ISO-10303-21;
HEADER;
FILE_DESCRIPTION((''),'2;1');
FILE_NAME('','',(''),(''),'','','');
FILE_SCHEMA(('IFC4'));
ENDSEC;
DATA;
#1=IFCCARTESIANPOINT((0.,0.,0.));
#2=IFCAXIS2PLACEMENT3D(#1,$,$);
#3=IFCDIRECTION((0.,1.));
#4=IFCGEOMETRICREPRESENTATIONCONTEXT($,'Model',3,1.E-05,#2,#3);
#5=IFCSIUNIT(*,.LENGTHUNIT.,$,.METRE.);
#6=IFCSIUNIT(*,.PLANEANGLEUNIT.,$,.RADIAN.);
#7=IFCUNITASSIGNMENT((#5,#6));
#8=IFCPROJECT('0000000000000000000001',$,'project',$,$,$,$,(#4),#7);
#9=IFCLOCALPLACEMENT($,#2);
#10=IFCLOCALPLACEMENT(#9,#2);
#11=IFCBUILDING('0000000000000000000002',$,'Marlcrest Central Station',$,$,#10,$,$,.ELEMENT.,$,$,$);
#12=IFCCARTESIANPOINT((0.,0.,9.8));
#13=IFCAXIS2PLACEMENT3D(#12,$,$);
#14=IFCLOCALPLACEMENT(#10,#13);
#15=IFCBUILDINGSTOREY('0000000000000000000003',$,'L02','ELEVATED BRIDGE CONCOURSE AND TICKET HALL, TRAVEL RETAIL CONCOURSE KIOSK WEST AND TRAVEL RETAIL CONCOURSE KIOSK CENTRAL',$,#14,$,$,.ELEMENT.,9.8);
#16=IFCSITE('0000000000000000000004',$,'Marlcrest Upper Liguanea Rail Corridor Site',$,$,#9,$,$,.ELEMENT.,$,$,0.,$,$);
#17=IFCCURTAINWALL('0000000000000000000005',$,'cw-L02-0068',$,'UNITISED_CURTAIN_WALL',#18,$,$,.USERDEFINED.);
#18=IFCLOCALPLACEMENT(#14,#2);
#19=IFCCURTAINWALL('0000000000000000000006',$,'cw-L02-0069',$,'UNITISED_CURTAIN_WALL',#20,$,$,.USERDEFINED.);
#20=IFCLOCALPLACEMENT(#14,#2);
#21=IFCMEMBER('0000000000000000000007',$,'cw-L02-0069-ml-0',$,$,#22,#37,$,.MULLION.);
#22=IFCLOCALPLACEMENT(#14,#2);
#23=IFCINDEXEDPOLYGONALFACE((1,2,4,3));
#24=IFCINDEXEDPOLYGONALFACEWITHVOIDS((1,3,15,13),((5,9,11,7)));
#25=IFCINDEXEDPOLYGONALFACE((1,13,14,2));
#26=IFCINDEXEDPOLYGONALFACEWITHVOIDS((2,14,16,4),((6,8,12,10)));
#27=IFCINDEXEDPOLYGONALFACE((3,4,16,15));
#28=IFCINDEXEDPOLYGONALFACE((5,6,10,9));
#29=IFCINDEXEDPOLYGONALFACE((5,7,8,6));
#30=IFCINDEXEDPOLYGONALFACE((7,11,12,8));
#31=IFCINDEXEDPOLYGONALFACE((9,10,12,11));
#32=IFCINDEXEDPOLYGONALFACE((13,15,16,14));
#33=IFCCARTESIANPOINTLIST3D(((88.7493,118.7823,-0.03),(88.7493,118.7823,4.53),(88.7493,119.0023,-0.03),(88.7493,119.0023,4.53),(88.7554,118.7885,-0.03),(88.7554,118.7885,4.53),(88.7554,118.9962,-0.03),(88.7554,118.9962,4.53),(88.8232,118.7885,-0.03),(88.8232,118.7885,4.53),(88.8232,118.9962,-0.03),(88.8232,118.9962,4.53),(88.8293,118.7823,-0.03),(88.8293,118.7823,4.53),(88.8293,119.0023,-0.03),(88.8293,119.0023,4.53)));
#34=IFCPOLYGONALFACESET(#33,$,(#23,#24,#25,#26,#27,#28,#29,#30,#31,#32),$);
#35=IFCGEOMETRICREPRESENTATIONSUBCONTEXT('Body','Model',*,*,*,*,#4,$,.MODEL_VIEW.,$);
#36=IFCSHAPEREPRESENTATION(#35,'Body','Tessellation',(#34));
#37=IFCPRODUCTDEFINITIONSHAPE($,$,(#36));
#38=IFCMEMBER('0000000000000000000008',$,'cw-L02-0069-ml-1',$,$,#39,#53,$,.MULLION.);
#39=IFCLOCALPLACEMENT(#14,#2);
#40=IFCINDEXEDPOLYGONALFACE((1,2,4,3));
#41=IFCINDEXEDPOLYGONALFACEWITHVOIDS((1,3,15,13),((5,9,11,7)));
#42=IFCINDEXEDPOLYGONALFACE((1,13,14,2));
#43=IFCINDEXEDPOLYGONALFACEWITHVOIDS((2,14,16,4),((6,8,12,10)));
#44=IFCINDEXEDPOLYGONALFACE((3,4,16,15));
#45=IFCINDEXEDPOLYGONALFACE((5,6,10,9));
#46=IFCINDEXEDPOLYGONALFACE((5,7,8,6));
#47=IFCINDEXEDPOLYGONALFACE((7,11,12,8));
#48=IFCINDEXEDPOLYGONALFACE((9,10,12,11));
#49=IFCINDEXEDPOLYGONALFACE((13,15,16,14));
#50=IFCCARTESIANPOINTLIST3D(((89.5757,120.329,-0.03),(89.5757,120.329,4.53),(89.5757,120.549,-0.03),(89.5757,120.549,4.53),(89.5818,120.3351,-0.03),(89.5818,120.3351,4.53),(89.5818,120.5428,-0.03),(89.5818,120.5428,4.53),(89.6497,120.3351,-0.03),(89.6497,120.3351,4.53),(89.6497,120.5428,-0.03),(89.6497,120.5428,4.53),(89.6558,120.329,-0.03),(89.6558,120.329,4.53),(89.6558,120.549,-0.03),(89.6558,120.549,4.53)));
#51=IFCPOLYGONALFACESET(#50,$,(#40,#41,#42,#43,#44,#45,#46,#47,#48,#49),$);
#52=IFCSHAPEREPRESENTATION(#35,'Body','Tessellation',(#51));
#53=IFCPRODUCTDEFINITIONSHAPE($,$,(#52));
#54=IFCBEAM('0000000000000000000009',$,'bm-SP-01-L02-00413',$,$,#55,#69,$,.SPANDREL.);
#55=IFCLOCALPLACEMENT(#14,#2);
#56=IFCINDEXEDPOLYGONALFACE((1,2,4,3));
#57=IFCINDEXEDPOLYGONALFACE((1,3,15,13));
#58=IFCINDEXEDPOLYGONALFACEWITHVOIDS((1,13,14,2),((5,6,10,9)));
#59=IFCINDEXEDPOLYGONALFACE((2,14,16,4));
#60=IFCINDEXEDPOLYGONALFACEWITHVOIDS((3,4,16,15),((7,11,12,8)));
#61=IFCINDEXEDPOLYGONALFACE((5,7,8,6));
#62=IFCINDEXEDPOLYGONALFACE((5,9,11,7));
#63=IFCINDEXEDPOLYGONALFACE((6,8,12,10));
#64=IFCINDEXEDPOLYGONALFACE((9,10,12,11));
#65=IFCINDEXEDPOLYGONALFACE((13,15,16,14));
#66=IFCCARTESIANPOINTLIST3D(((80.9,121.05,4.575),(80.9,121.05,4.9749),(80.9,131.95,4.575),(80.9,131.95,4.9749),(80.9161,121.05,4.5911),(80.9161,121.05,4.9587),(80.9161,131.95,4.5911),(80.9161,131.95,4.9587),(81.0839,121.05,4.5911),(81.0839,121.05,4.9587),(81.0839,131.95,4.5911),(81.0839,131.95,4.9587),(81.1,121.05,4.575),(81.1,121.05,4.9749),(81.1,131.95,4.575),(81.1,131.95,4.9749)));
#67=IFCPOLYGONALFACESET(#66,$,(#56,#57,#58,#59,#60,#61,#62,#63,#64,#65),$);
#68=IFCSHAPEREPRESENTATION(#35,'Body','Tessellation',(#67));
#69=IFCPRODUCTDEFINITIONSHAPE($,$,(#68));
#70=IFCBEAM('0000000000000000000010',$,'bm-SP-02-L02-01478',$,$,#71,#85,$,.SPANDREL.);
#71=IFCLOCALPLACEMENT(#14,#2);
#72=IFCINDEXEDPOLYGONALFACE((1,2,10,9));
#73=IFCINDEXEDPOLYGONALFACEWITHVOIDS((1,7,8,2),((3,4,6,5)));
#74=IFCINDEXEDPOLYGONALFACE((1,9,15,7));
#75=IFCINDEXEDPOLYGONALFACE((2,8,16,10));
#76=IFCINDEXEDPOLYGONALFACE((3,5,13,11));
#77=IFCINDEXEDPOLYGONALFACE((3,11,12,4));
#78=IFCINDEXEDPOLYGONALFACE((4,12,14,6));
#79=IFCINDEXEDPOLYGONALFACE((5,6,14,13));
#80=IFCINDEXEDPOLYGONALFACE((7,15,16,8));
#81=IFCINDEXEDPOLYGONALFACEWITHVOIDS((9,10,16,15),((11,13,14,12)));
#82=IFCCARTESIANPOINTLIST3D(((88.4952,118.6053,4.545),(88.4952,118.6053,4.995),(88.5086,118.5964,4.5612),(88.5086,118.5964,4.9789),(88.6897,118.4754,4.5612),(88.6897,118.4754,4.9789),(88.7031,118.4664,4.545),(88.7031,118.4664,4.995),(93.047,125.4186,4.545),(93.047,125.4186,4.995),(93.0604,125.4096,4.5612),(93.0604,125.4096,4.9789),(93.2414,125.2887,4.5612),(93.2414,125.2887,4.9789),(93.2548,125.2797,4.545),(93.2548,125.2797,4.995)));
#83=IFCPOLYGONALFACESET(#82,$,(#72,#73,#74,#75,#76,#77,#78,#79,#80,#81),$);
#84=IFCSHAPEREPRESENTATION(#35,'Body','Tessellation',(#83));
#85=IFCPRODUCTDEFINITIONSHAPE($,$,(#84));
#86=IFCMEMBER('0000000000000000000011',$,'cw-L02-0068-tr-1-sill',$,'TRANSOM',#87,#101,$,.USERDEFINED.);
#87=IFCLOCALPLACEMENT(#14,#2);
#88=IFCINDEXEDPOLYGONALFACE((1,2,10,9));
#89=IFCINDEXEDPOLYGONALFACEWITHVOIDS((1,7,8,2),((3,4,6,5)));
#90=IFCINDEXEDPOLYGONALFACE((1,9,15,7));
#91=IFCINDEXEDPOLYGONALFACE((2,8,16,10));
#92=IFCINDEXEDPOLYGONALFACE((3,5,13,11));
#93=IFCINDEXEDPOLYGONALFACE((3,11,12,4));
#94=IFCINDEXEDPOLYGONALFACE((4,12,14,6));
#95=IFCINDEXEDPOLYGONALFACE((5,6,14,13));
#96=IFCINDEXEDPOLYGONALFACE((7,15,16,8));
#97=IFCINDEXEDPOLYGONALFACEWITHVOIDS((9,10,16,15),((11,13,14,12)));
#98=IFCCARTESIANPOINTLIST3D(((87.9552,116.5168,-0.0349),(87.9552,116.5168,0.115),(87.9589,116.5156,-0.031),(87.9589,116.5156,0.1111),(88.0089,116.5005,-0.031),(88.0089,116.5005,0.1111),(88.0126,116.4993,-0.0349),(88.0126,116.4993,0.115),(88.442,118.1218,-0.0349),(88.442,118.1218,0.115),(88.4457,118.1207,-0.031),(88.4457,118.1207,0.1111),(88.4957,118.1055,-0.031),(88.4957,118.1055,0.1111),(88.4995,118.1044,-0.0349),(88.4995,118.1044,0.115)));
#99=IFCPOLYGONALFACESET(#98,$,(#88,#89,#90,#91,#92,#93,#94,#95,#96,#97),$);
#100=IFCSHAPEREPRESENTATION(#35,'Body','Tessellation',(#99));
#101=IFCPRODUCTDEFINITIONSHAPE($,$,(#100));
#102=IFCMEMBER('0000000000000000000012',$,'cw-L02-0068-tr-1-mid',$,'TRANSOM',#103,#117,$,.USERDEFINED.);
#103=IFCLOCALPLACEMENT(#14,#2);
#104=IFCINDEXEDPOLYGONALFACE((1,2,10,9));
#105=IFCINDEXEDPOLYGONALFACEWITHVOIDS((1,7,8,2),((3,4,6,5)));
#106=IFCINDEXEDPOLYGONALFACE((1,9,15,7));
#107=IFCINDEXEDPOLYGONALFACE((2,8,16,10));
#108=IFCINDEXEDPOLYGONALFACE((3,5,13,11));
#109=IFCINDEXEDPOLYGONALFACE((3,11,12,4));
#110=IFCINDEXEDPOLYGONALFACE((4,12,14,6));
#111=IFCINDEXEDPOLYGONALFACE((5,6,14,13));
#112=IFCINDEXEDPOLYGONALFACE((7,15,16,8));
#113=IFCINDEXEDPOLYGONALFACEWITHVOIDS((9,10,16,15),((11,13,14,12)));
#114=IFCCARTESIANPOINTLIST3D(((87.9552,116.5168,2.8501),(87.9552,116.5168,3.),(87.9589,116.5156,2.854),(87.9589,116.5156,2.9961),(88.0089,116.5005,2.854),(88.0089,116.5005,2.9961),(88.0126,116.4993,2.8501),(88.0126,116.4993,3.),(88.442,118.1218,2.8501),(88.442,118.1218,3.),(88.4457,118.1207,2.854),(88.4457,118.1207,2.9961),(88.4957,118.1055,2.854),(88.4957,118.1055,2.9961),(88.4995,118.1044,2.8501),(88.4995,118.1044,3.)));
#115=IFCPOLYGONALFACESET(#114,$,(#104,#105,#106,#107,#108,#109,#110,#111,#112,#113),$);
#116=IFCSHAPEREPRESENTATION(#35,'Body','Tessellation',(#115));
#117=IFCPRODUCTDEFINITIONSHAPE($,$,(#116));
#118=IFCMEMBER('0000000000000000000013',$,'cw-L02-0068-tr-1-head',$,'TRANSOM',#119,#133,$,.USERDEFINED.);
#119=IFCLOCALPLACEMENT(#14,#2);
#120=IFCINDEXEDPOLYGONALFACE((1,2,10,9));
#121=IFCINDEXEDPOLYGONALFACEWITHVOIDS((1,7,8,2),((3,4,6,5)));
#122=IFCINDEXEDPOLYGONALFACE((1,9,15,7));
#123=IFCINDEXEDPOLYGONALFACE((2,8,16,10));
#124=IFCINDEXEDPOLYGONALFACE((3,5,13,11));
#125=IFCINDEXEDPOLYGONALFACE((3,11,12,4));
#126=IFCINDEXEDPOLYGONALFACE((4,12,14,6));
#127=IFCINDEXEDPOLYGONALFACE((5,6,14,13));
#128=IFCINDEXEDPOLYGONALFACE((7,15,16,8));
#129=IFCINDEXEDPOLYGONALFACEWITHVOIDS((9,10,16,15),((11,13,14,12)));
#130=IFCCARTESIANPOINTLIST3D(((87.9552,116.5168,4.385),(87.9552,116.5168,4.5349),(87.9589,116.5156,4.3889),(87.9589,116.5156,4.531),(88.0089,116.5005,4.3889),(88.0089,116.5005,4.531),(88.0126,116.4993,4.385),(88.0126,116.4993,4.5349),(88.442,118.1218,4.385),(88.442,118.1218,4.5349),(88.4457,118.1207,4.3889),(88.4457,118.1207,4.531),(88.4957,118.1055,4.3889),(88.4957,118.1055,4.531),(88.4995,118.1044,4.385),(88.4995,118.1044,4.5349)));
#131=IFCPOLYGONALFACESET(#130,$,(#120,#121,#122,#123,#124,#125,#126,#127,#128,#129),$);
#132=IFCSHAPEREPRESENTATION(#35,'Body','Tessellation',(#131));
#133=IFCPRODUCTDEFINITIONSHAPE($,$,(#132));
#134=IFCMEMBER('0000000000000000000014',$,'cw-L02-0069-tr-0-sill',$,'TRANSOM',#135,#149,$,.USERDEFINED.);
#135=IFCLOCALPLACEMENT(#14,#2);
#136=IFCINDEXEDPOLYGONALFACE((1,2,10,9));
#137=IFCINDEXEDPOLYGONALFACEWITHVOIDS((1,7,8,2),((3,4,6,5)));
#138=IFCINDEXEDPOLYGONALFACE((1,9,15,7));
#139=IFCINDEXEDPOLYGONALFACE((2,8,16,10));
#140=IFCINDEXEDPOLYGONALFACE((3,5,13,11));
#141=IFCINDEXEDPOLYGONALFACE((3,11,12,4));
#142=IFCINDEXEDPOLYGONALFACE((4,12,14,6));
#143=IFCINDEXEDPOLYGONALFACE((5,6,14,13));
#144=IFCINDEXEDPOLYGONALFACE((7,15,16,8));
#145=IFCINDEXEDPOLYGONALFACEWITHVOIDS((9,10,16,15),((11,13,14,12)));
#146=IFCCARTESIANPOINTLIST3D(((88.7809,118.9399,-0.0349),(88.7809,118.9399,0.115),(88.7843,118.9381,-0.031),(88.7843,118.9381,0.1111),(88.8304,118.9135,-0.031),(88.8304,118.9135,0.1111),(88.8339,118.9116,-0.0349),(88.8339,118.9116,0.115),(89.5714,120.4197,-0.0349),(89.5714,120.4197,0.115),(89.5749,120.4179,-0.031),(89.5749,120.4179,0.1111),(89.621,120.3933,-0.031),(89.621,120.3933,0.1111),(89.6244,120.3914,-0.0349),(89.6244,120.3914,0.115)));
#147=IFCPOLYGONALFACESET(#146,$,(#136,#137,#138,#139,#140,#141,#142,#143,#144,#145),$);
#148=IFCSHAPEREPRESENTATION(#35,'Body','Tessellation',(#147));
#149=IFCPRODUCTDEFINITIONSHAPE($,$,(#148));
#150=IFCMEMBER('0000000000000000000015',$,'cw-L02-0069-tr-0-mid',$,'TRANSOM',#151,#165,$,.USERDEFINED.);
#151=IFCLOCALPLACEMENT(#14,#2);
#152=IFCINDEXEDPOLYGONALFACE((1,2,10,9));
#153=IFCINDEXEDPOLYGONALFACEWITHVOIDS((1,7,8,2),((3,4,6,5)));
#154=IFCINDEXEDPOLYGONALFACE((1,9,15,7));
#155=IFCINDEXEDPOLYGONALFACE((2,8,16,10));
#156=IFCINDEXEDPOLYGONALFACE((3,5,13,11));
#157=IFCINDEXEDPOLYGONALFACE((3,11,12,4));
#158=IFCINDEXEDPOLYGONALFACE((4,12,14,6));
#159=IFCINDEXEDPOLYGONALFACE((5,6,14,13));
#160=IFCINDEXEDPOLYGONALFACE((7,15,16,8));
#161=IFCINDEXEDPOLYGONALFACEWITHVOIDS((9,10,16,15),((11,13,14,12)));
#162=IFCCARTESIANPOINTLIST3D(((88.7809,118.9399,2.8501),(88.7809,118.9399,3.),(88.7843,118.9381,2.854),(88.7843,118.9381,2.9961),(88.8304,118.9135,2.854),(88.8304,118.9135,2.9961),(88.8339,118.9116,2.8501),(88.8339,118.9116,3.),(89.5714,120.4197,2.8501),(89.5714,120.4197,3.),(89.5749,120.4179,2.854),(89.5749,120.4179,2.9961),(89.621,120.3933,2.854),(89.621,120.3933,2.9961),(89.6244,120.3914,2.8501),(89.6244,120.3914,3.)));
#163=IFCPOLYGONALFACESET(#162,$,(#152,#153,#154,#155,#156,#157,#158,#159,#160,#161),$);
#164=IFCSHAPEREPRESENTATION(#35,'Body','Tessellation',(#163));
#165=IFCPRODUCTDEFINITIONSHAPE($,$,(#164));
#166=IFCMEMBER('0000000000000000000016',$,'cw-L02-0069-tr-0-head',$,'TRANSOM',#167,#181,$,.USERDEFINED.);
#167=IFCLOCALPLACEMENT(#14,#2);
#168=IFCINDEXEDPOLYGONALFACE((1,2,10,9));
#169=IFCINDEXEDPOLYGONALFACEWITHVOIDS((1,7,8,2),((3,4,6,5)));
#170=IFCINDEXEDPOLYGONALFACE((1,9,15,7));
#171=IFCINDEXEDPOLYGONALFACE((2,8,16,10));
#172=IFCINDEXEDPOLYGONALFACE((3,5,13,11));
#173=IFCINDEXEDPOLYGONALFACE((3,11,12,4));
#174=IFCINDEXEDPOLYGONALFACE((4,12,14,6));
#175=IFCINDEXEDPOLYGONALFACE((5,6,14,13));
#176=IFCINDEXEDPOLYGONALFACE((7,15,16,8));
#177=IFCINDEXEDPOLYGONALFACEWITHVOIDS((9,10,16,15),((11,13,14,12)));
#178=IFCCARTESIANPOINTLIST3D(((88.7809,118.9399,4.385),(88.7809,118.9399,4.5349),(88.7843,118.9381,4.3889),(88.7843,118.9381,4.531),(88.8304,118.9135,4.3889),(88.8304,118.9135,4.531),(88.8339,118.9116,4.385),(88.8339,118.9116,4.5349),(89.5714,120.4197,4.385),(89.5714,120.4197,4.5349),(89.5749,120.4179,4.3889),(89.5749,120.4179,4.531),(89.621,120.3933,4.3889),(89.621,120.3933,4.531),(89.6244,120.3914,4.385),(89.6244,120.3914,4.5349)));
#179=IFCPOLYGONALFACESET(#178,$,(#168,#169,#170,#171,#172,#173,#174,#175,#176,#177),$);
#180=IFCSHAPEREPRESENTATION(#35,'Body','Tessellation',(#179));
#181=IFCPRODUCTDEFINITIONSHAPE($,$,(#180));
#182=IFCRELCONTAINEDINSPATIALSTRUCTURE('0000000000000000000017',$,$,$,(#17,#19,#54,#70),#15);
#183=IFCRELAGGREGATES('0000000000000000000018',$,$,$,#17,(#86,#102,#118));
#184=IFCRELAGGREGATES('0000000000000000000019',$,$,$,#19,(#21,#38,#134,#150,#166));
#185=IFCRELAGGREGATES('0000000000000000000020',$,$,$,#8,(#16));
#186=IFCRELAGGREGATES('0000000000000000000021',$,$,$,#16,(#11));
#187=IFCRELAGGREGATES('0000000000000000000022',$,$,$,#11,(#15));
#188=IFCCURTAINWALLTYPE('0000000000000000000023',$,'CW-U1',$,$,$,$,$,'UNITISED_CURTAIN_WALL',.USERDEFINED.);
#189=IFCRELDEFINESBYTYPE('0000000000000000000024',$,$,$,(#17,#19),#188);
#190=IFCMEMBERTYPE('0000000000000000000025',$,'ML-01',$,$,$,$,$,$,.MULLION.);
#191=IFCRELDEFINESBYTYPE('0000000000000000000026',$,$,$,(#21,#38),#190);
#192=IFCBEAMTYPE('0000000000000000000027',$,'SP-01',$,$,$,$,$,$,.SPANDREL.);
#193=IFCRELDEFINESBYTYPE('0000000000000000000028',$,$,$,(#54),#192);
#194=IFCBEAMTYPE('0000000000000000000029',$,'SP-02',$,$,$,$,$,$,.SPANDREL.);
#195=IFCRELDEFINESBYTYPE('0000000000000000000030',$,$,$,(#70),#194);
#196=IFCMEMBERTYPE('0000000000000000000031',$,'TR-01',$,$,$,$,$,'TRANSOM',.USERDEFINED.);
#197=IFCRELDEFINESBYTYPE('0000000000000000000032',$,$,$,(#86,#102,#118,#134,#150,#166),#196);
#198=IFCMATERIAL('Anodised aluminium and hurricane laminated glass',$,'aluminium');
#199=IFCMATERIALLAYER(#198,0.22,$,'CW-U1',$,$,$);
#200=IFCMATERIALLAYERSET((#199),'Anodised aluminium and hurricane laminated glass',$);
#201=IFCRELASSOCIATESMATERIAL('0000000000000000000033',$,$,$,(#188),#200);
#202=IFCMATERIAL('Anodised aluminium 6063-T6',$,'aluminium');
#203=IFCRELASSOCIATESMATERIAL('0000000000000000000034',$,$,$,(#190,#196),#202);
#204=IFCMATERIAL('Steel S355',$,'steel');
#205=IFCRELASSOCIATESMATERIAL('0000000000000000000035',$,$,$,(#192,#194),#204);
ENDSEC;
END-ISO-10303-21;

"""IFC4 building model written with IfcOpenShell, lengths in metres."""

from ifc_helpers import new_model, si_unit, direction, frame, origin, origin_2d, place, context, subcontext, project, spatial, hollow_rectangle, extrude, material, layer, layer_set, material_profile, profile_set, type_object, element, aggregate, save


model = new_model("IFC4")

# Units and contexts
model_context = context("Model", 3, precision=1e-05, world=origin(), true_north=direction((0.0, 1.0)))
body_context = subcontext(model_context, "Body", "Model", "MODEL_VIEW")
ifc_project = project(units=[si_unit("LENGTHUNIT", "METRE"), si_unit("PLANEANGLEUNIT", "RADIAN")], contexts=[model_context])

# Site, building, storey
site_placement = place(None, origin())
site = spatial("IfcSite", under=ifc_project, at=site_placement, Name="Marlcrest Upper Liguanea Rail Corridor Site", CompositionType="ELEMENT", RefElevation=0.0)
building_placement = place(site_placement, origin())
building = spatial("IfcBuilding", under=site, at=building_placement, Name="Marlcrest Central Station", CompositionType="ELEMENT")
storey_placement = place(building_placement, frame((0.0, 0.0, 9.8)))
storey = spatial("IfcBuildingStorey", under=building, at=storey_placement, Name="L02", Description="ELEVATED BRIDGE CONCOURSE AND TICKET HALL, TRAVEL RETAIL CONCOURSE KIOSK WEST AND TRAVEL RETAIL CONCOURSE KIOSK CENTRAL", CompositionType="ELEMENT", Elevation=9.8)

# Shared definitions
ifc_material_1 = material(Name="Steel S355", Category="steel")

# Curtain walls, members
ifc_material_2 = material(Name="Anodised aluminium and hurricane laminated glass", Category="aluminium")
ifc_layer_1 = layer(ifc_material_2, 0.22, Name="CW-U1")
ifc_layer_set_1 = layer_set([ifc_layer_1], Name="Anodised aluminium and hurricane laminated glass")
curtain_wall_type = type_object("IfcCurtainWallType", Name="CW-U1", ElementType="UNITISED_CURTAIN_WALL", PredefinedType="USERDEFINED", material=ifc_layer_set_1)
curtain_wall_1_placement = place(storey_placement, origin())
curtain_wall_1 = element("IfcCurtainWall", 1, at=curtain_wall_1_placement, inside=storey, type_object=curtain_wall_type, Name="cw-L02-0068", ObjectType="UNITISED_CURTAIN_WALL", PredefinedType="USERDEFINED")
ifc_material_3 = material(Name="Anodised aluminium 6063-T6", Category="aluminium")
ifc_material_profile_1 = material_profile(ifc_material_3, hollow_rectangle(XDim=0.0801, YDim=0.22, WallThickness=0.0061, at=origin_2d()), Name="AA-RHS 220x80x6")
ifc_profile_set_1 = profile_set([ifc_material_profile_1], Name="Anodised aluminium 6063-T6")
member_type_1 = type_object("IfcMemberType", Name="ML-01", PredefinedType="MULLION", material=ifc_profile_set_1)
curtain_wall_2_placement = place(storey_placement, origin())
curtain_wall_2 = element("IfcCurtainWall", 2, at=curtain_wall_2_placement, inside=storey, type_object=curtain_wall_type, Name="cw-L02-0069", ObjectType="UNITISED_CURTAIN_WALL", PredefinedType="USERDEFINED")
member_1_placement = place(storey_placement, frame((88.7893, 118.8923, -0.03), z_axis=(0.0, 0.0, 1.0), x_axis=(1.0, 0.0, 0.0)))
member_1 = element("IfcMember", 3, at=member_1_placement, type_object=member_type_1, Name="cw-L02-0069-ml-0", PredefinedType="MULLION", context=body_context, shape_type="SweptSolid", body=[
    extrude(hollow_rectangle(XDim=0.0801, YDim=0.22, WallThickness=0.0061, at=origin_2d()), origin(), (0.0, 0.0, 1.0), 4.5601),
])
member_2_placement = place(storey_placement, frame((89.6157, 120.439, -0.03), z_axis=(0.0, 0.0, 1.0), x_axis=(1.0, 0.0, 0.0)))
member_2 = element("IfcMember", 4, at=member_2_placement, type_object=member_type_1, Name="cw-L02-0069-ml-1", PredefinedType="MULLION", context=body_context, shape_type="SweptSolid", body=[
    extrude(hollow_rectangle(XDim=0.0801, YDim=0.22, WallThickness=0.0061, at=origin_2d()), origin(), (0.0, 0.0, 1.0), 4.5601),
])

# Beams
ifc_material_profile_2 = material_profile(ifc_material_1, hollow_rectangle(XDim=0.2, YDim=0.3999, WallThickness=0.0161, at=origin_2d()), Name="RHS 400x200x16")
ifc_profile_set_2 = profile_set([ifc_material_profile_2], Name="Steel S355")
beam_type_1 = type_object("IfcBeamType", Name="SP-01", PredefinedType="SPANDREL", material=ifc_profile_set_2)
beam_1_placement = place(storey_placement, frame((81.0, 121.05, 4.7749), z_axis=(0.0, 1.0, 0.0), x_axis=(-1.0, 0.0, 0.0)))
element("IfcBeam", 5, at=beam_1_placement, inside=storey, type_object=beam_type_1, Name="bm-SP-01-L02-00413", PredefinedType="SPANDREL", context=body_context, shape_type="SweptSolid", body=[
    extrude(hollow_rectangle(XDim=0.2, YDim=0.3999, WallThickness=0.0161, at=origin_2d()), origin(), (0.0, 0.0, 1.0), 10.8999),
])
ifc_material_profile_3 = material_profile(ifc_material_1, hollow_rectangle(XDim=0.25, YDim=0.45, WallThickness=0.0161, at=origin_2d()), Name="RHS 450x250x16")
ifc_profile_set_3 = profile_set([ifc_material_profile_3], Name="Steel S355")
beam_type_2 = type_object("IfcBeamType", Name="SP-02", PredefinedType="SPANDREL", material=ifc_profile_set_3)
beam_2_placement = place(storey_placement, frame((88.5991, 118.5359, 4.77), z_axis=(0.555511, 0.831509, 0.0), x_axis=(-0.831509, 0.555511, 0.0)))
element("IfcBeam", 6, at=beam_2_placement, inside=storey, type_object=beam_type_2, Name="bm-SP-02-L02-01478", PredefinedType="SPANDREL", context=body_context, shape_type="SweptSolid", body=[
    extrude(hollow_rectangle(XDim=0.25, YDim=0.45, WallThickness=0.0161, at=origin_2d()), origin(), (0.0, 0.0, 1.0), 8.1938),
])

# Members
ifc_material_profile_4 = material_profile(ifc_material_3, hollow_rectangle(XDim=0.0601, YDim=0.1499, WallThickness=0.0039, at=origin_2d()), Name="AA-RHS 150x60x4")
ifc_profile_set_4 = profile_set([ifc_material_profile_4], Name="Anodised aluminium 6063-T6")
member_type_2 = type_object("IfcMemberType", Name="TR-01", ElementType="TRANSOM", PredefinedType="USERDEFINED", material=ifc_profile_set_4)
member_3_placement = place(storey_placement, frame((87.9839, 116.5081, 0.04), z_axis=(0.290258, 0.956948, 0.0), x_axis=(-0.956948, 0.290258, 0.0)))
member_3 = element("IfcMember", 7, at=member_3_placement, type_object=member_type_2, Name="cw-L02-0068-tr-1-sill", ObjectType="TRANSOM", PredefinedType="USERDEFINED", context=body_context, shape_type="SweptSolid", body=[
    extrude(hollow_rectangle(XDim=0.0601, YDim=0.1499, WallThickness=0.0039, at=origin_2d()), origin(), (0.0, 0.0, 1.0), 1.6772),
])
member_4_placement = place(storey_placement, frame((87.9839, 116.5081, 2.925), z_axis=(0.290258, 0.956948, 0.0), x_axis=(-0.956948, 0.290258, 0.0)))
member_4 = element("IfcMember", 8, at=member_4_placement, type_object=member_type_2, Name="cw-L02-0068-tr-1-mid", ObjectType="TRANSOM", PredefinedType="USERDEFINED", context=body_context, shape_type="SweptSolid", body=[
    extrude(hollow_rectangle(XDim=0.0601, YDim=0.1499, WallThickness=0.0039, at=origin_2d()), origin(), (0.0, 0.0, 1.0), 1.6772),
])
member_5_placement = place(storey_placement, frame((87.9839, 116.5081, 4.46), z_axis=(0.290258, 0.956948, 0.0), x_axis=(-0.956948, 0.290258, 0.0)))
member_5 = element("IfcMember", 9, at=member_5_placement, type_object=member_type_2, Name="cw-L02-0068-tr-1-head", ObjectType="TRANSOM", PredefinedType="USERDEFINED", context=body_context, shape_type="SweptSolid", body=[
    extrude(hollow_rectangle(XDim=0.0601, YDim=0.1499, WallThickness=0.0039, at=origin_2d()), origin(), (0.0, 0.0, 1.0), 1.6772),
])
member_6_placement = place(storey_placement, frame((88.8074, 118.9258, 0.04), z_axis=(0.471207, 0.882022, 0.0), x_axis=(-0.882022, 0.471207, 0.0)))
member_6 = element("IfcMember", 10, at=member_6_placement, type_object=member_type_2, Name="cw-L02-0069-tr-0-sill", ObjectType="TRANSOM", PredefinedType="USERDEFINED", context=body_context, shape_type="SweptSolid", body=[
    extrude(hollow_rectangle(XDim=0.0601, YDim=0.1499, WallThickness=0.0039, at=origin_2d()), origin(), (0.0, 0.0, 1.0), 1.6777),
])
member_7_placement = place(storey_placement, frame((88.8074, 118.9258, 2.925), z_axis=(0.471207, 0.882022, 0.0), x_axis=(-0.882022, 0.471207, 0.0)))
member_7 = element("IfcMember", 11, at=member_7_placement, type_object=member_type_2, Name="cw-L02-0069-tr-0-mid", ObjectType="TRANSOM", PredefinedType="USERDEFINED", context=body_context, shape_type="SweptSolid", body=[
    extrude(hollow_rectangle(XDim=0.0601, YDim=0.1499, WallThickness=0.0039, at=origin_2d()), origin(), (0.0, 0.0, 1.0), 1.6777),
])
member_8_placement = place(storey_placement, frame((88.8074, 118.9258, 4.46), z_axis=(0.471207, 0.882022, 0.0), x_axis=(-0.882022, 0.471207, 0.0)))
member_8 = element("IfcMember", 12, at=member_8_placement, type_object=member_type_2, Name="cw-L02-0069-tr-0-head", ObjectType="TRANSOM", PredefinedType="USERDEFINED", context=body_context, shape_type="SweptSolid", body=[
    extrude(hollow_rectangle(XDim=0.0601, YDim=0.1499, WallThickness=0.0039, at=origin_2d()), origin(), (0.0, 0.0, 1.0), 1.6777),
])

aggregate(curtain_wall_1, [member_3, member_4, member_5])
aggregate(curtain_wall_2, [member_1, member_2, member_6, member_7, member_8])

save(model, "model.ifc")
